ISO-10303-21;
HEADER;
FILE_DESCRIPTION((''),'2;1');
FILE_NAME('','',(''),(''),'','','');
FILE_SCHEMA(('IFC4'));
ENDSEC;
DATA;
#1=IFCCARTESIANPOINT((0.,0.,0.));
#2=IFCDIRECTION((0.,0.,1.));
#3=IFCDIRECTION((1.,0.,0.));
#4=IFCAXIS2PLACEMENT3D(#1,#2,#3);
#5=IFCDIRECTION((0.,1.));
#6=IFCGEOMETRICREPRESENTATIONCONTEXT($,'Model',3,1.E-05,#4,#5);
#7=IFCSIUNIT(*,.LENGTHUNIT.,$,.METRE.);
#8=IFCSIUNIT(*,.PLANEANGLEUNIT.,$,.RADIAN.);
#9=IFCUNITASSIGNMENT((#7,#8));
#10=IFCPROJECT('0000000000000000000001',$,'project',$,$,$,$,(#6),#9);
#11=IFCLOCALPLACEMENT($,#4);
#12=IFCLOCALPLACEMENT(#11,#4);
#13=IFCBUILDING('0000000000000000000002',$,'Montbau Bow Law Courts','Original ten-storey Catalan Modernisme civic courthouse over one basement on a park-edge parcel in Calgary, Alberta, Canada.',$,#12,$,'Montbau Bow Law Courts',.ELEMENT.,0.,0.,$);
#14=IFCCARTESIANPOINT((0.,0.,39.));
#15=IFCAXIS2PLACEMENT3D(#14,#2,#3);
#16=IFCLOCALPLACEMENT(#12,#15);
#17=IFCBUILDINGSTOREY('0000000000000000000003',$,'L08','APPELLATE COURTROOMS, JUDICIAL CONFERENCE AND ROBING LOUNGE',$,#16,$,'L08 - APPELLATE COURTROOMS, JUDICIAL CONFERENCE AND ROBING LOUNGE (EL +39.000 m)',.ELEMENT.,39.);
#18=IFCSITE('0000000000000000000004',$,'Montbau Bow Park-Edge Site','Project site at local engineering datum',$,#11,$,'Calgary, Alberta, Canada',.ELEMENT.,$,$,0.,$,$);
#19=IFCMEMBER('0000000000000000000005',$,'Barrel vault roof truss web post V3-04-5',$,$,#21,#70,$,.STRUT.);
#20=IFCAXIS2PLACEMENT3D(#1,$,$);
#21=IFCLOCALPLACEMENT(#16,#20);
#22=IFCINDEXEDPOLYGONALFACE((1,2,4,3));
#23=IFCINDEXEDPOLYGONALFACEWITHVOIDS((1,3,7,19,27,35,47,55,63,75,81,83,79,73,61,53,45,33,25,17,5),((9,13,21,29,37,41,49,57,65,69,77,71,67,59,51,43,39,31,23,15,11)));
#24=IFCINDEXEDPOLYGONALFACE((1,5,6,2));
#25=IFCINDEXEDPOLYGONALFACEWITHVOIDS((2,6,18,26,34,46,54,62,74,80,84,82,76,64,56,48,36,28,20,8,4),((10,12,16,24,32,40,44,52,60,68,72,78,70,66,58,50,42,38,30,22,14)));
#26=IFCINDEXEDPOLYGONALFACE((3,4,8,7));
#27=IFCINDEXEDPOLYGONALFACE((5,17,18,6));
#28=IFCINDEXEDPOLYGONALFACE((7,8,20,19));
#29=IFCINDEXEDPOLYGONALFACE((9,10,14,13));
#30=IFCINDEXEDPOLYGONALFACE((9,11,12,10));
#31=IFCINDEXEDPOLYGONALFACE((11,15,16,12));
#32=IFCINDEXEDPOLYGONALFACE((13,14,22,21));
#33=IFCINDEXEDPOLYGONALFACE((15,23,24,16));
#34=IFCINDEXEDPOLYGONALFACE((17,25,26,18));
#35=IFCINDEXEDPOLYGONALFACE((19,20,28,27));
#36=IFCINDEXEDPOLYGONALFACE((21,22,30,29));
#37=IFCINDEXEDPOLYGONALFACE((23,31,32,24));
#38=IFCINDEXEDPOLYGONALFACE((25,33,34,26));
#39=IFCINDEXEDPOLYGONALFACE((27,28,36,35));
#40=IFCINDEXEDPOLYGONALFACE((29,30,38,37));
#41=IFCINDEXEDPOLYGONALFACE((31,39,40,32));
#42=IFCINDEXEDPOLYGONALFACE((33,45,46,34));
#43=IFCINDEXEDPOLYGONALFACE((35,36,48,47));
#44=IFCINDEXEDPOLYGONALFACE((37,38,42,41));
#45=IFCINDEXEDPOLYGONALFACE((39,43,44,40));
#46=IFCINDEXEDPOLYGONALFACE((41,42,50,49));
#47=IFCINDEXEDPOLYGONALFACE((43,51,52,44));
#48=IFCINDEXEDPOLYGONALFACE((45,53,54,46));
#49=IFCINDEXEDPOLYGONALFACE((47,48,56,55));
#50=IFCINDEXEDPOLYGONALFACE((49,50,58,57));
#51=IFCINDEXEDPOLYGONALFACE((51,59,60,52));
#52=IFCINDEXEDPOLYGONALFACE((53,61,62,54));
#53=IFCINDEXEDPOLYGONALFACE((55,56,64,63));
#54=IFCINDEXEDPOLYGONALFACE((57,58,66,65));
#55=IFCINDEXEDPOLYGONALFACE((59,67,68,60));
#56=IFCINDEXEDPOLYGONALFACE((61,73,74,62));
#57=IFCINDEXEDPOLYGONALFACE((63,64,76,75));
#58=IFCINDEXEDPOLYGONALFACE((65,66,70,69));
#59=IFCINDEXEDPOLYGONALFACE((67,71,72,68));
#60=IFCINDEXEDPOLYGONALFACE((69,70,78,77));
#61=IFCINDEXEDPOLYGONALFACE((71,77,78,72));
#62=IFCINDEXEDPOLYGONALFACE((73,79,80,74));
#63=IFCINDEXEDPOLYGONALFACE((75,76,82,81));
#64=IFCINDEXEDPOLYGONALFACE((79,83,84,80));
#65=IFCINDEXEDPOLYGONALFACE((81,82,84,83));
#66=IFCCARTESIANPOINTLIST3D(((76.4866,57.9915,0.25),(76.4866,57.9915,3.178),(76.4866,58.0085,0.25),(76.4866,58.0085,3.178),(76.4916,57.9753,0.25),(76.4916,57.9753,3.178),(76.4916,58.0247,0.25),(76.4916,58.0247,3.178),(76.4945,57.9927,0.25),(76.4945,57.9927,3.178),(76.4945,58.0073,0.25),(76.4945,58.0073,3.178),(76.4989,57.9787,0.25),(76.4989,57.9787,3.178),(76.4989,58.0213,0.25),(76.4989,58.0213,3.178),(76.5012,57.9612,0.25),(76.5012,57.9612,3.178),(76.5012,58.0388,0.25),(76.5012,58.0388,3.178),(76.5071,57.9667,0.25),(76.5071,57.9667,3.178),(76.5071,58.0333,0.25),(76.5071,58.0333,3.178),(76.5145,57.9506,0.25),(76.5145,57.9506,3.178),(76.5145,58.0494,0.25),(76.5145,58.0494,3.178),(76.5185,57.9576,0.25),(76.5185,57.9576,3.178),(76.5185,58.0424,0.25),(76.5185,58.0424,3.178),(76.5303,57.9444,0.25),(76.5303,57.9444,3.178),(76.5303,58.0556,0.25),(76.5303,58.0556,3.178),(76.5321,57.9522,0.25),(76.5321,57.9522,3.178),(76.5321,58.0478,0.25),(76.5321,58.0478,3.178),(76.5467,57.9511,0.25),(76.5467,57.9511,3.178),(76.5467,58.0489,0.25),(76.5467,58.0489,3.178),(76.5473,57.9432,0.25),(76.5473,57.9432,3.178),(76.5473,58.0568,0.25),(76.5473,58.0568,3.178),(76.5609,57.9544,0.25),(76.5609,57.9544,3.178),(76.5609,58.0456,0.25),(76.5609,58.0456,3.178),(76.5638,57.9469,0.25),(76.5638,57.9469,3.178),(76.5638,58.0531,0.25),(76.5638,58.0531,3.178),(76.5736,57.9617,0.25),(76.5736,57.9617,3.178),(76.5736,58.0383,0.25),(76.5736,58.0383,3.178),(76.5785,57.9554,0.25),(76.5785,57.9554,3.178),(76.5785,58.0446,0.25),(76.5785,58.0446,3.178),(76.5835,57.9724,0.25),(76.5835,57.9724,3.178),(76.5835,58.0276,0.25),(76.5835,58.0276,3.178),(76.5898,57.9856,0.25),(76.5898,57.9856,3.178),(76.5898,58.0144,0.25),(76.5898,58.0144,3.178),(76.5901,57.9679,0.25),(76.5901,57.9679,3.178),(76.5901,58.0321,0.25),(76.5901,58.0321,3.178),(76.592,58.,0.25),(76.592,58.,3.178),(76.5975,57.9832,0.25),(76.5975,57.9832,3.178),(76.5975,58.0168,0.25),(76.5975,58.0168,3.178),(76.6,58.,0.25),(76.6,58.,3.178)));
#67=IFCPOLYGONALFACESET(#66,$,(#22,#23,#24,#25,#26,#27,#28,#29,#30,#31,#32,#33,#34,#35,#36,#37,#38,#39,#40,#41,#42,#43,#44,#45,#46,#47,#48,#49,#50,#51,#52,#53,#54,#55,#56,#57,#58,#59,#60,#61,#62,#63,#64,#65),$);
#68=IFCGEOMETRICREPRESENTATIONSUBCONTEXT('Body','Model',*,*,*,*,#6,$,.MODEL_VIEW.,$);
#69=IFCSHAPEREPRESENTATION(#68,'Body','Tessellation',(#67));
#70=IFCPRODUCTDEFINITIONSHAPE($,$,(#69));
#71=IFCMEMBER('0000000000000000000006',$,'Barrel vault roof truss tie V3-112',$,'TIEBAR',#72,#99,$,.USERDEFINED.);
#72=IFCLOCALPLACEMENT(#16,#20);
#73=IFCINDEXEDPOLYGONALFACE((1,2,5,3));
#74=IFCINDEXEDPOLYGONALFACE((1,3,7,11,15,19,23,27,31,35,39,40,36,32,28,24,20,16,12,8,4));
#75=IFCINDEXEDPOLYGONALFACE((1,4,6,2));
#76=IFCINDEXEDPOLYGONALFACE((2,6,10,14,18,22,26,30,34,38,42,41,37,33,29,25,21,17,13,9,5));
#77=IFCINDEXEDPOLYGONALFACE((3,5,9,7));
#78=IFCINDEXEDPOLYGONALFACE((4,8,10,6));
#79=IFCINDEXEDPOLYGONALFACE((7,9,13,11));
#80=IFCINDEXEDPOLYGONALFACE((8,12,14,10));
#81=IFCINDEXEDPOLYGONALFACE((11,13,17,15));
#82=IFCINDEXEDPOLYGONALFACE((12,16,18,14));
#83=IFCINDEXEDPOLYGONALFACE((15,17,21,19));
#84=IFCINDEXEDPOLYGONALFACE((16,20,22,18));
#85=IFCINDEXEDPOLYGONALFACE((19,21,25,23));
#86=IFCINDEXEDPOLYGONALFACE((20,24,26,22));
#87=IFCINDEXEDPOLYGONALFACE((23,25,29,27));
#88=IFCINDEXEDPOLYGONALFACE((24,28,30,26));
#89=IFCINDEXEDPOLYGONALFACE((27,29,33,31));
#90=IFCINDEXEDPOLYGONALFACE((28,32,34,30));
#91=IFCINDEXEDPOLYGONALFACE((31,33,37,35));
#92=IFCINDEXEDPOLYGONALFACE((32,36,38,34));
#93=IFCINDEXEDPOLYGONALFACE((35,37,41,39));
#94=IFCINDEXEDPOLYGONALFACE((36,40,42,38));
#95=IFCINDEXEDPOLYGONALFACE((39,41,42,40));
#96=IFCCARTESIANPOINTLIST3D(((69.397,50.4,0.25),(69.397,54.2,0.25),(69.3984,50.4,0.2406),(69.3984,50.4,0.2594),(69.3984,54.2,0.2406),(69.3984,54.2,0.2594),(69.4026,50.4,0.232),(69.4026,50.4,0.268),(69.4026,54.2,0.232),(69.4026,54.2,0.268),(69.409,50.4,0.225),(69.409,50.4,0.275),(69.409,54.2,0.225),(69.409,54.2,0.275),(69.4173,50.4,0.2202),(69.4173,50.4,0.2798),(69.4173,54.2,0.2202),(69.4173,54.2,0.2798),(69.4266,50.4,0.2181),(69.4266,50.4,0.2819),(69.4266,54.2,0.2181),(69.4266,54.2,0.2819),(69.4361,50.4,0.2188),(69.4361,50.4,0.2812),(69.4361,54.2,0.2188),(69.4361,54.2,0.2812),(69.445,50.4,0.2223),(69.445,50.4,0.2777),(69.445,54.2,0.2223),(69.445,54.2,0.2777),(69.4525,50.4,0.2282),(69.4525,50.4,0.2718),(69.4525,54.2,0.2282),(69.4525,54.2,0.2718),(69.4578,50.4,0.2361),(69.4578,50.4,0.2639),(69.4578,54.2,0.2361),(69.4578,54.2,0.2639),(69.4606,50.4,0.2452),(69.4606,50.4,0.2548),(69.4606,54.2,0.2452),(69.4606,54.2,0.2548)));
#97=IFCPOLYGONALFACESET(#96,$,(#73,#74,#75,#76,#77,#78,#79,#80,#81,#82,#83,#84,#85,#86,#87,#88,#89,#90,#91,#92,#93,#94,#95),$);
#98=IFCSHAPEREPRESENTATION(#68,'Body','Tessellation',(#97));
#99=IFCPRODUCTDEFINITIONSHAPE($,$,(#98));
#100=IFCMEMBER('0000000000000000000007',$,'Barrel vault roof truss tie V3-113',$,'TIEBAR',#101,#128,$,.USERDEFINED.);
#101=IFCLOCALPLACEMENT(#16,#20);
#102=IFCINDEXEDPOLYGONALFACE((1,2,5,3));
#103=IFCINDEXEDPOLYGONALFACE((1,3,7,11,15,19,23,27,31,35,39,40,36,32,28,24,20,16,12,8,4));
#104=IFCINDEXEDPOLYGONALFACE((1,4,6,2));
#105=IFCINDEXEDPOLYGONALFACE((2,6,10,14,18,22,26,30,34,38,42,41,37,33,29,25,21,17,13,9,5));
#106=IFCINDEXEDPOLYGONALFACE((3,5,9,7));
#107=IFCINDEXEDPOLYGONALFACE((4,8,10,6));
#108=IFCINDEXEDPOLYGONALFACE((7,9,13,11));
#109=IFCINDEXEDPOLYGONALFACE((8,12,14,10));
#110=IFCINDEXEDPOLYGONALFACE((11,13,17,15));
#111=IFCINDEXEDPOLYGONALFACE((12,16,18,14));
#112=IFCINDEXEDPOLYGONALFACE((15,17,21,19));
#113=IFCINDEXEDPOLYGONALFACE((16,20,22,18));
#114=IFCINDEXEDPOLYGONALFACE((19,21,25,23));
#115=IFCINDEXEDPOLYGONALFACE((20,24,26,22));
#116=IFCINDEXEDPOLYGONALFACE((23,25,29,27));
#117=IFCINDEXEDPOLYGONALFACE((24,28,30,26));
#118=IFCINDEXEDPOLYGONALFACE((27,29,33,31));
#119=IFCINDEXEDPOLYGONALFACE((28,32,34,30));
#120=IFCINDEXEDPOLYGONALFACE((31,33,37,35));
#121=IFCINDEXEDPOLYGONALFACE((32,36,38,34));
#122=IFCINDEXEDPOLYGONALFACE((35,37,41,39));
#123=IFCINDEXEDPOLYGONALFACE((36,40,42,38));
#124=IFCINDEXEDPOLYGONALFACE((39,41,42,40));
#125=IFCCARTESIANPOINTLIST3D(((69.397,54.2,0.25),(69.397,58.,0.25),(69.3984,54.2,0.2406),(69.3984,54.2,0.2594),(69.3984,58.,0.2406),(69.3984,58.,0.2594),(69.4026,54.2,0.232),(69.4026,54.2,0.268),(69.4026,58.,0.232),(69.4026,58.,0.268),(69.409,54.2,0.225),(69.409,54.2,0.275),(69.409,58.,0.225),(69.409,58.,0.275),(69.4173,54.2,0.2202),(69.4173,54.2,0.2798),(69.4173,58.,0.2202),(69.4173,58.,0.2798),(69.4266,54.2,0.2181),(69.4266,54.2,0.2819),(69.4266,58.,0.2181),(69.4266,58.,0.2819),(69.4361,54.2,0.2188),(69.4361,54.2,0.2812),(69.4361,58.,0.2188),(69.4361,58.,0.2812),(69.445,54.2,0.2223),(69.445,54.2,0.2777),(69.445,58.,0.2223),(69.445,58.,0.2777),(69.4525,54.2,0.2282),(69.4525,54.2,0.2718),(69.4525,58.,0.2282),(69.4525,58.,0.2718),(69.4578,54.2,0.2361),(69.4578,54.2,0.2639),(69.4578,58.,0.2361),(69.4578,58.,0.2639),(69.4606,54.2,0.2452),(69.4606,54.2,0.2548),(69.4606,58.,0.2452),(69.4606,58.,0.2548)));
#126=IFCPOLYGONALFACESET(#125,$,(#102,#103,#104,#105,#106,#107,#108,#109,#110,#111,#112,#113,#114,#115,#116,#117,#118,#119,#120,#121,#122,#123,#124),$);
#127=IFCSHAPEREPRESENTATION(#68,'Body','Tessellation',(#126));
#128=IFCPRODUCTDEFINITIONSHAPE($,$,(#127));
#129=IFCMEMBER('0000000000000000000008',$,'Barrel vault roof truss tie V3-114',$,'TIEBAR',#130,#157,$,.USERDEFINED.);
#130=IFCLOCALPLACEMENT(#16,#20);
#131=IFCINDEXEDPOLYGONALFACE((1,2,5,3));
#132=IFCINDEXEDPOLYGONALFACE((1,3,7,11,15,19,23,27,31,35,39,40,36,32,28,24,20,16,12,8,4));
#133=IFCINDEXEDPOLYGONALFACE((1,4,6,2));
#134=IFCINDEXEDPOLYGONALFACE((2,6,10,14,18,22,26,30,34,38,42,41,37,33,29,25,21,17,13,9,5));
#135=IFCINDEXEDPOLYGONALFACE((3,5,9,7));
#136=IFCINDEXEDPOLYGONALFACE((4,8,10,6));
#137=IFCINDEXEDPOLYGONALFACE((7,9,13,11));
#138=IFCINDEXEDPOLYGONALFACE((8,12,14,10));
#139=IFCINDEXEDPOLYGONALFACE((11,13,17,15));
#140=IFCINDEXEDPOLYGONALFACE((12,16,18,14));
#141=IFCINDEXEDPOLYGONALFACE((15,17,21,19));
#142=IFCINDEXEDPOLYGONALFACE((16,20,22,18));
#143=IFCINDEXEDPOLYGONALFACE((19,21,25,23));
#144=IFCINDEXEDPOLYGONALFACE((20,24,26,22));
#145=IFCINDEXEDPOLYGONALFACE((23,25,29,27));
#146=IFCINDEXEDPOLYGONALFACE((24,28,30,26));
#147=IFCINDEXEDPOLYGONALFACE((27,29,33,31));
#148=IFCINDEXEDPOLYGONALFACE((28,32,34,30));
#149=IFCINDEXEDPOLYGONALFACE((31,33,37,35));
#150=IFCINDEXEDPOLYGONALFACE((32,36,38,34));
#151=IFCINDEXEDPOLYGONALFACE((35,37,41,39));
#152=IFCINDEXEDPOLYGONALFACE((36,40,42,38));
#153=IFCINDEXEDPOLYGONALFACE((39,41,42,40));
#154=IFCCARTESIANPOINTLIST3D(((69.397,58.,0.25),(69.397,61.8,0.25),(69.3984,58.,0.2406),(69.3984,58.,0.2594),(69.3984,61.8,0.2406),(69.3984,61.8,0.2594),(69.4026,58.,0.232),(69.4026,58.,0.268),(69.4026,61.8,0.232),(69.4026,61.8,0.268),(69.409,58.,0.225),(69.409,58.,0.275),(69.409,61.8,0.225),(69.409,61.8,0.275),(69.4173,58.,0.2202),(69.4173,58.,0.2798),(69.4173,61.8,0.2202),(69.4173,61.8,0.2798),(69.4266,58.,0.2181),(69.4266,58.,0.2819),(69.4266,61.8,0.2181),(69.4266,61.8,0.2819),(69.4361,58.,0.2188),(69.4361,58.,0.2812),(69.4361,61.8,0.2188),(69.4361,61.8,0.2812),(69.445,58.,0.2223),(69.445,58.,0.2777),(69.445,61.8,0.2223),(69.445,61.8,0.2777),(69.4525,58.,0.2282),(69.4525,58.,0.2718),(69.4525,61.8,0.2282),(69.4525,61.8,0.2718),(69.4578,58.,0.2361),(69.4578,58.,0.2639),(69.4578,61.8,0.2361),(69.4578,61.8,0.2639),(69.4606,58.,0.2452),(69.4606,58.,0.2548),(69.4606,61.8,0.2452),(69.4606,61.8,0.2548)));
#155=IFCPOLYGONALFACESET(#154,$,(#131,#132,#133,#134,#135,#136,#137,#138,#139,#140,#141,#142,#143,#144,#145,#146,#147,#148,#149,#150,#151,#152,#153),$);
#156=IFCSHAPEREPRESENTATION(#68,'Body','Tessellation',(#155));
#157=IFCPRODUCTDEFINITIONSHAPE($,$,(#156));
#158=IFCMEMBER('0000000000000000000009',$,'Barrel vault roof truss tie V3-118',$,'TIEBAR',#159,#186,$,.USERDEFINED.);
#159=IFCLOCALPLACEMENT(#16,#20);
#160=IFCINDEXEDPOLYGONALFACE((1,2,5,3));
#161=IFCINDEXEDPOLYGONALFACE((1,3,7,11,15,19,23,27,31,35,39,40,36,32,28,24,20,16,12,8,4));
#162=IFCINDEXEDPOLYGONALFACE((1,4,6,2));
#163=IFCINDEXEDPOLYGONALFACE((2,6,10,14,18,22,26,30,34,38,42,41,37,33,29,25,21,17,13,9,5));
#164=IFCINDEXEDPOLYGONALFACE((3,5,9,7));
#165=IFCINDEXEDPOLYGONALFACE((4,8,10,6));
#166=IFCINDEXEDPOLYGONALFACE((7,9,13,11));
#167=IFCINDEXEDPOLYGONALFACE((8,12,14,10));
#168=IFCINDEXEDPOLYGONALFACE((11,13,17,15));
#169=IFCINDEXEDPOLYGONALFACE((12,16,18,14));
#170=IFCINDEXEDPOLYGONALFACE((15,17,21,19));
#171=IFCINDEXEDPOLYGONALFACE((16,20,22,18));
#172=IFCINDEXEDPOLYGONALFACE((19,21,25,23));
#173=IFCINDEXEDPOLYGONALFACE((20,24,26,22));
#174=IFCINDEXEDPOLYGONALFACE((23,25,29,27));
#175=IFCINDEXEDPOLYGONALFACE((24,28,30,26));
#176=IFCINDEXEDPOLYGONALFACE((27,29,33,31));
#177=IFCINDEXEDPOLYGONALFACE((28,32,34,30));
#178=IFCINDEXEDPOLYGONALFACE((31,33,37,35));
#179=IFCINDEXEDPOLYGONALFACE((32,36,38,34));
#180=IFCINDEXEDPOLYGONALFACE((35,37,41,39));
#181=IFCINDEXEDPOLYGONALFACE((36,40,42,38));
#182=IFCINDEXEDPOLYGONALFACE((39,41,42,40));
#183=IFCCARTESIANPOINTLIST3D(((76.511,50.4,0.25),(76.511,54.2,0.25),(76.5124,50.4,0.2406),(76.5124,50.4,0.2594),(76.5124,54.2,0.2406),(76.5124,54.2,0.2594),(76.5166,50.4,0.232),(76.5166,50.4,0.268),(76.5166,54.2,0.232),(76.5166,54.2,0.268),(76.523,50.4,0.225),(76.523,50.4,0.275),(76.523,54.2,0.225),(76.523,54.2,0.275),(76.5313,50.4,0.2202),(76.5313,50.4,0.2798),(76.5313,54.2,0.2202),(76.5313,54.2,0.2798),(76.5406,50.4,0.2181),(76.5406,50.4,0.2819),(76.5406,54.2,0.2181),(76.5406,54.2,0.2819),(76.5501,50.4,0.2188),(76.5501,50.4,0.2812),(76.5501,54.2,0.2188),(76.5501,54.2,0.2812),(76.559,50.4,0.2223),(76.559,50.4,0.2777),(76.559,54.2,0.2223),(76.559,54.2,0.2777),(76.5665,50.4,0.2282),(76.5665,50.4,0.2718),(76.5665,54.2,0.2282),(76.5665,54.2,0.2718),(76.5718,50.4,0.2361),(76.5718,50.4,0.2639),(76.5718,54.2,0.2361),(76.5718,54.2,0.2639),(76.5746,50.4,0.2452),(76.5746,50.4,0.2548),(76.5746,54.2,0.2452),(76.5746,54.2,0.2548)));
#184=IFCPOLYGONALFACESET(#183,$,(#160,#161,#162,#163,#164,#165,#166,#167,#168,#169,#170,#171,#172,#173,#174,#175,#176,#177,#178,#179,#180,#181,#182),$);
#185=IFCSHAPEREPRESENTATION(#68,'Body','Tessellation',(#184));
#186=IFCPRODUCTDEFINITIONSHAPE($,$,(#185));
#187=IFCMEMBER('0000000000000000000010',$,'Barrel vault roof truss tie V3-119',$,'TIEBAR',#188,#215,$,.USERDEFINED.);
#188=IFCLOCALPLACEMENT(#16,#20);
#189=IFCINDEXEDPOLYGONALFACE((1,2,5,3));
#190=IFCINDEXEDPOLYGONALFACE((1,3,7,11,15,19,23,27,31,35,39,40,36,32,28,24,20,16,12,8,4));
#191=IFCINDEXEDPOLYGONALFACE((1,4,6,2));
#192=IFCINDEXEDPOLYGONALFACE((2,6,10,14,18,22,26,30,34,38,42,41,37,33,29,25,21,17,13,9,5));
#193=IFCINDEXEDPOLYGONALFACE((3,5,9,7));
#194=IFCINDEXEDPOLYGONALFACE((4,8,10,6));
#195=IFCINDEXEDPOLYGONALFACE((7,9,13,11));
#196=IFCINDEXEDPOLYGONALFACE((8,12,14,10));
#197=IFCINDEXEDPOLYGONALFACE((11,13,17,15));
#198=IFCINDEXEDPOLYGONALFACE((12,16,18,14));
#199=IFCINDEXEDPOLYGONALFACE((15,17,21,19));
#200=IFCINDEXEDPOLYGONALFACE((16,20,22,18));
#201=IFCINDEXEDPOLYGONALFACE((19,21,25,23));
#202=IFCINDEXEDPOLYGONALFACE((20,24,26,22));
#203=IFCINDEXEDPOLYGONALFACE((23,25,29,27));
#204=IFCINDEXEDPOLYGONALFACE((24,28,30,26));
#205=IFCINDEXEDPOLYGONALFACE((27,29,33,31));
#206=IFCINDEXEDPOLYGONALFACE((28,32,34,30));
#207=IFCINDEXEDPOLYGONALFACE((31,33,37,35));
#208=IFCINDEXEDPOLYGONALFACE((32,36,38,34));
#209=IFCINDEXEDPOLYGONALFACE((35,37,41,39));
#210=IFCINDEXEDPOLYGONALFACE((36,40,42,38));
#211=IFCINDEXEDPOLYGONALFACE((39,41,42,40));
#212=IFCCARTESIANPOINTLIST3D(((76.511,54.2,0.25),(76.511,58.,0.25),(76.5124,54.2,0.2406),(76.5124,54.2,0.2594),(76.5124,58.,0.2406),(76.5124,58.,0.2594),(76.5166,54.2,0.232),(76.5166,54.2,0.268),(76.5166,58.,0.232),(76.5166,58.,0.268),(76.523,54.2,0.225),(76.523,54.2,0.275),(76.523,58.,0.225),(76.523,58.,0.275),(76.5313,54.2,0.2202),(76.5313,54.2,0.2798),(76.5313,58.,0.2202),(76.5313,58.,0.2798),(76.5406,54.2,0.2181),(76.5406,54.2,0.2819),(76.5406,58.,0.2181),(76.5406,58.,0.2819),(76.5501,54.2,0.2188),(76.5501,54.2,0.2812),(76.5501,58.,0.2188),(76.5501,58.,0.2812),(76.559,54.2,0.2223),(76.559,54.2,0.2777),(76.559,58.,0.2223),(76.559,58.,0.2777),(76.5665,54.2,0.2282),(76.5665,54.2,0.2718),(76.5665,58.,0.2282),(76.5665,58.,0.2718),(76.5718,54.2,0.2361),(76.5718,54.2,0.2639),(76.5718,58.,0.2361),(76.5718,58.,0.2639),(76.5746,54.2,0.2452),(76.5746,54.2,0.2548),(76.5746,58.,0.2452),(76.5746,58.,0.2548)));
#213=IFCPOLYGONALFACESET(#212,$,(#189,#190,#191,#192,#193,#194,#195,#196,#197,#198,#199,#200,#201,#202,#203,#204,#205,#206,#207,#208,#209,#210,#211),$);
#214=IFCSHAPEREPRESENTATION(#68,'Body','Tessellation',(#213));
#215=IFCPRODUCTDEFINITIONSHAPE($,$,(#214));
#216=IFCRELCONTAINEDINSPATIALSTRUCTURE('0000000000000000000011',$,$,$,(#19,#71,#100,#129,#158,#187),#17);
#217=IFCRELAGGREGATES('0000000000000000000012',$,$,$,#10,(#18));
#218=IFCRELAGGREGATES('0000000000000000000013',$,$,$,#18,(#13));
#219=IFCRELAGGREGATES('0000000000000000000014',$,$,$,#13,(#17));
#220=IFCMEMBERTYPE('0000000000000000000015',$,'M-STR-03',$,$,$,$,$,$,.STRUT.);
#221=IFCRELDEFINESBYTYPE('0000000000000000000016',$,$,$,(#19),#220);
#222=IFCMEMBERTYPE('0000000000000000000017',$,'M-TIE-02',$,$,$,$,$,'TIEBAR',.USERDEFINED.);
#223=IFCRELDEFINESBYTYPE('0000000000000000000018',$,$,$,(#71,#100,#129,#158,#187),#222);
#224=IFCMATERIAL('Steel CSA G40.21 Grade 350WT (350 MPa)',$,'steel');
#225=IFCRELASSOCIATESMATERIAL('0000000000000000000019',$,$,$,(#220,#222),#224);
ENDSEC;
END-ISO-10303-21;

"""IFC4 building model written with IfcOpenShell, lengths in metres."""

from ifc_helpers import new_model, si_unit, direction, frame, origin_with_axes, origin_2d_with_axis, place, context, subcontext, project, spatial, circle, hollow_circle, extrude, material, material_profile, profile_set, type_object, element, save


model = new_model("IFC4")

# Units and contexts
model_context = context("Model", 3, precision=1e-05, world=origin_with_axes(), true_north=direction((0.0, 1.0)))
body_context = subcontext(model_context, "Body", "Model", "MODEL_VIEW")
ifc_project = project(units=[si_unit("LENGTHUNIT", "METRE"), si_unit("PLANEANGLEUNIT", "RADIAN")], contexts=[model_context])

# Site, building, storey
site_placement = place(None, origin_with_axes())
site = spatial("IfcSite", under=ifc_project, at=site_placement, Name="Montbau Bow Park-Edge Site", Description="Project site at local engineering datum", LongName="Calgary, Alberta, Canada", CompositionType="ELEMENT", RefElevation=0.0)
building_placement = place(site_placement, origin_with_axes())
building = spatial("IfcBuilding", under=site, at=building_placement, Name="Montbau Bow Law Courts", Description="Original ten-storey Catalan Modernisme civic courthouse over one basement on a park-edge parcel in Calgary, Alberta, Canada.", LongName="Montbau Bow Law Courts", CompositionType="ELEMENT", ElevationOfRefHeight=0.0, ElevationOfTerrain=0.0)
storey_placement = place(building_placement, frame((0.0, 0.0, 39.0), z_axis=(0.0, 0.0, 1.0), x_axis=(1.0, 0.0, 0.0)))
storey = spatial("IfcBuildingStorey", under=building, at=storey_placement, Name="L08", Description="APPELLATE COURTROOMS, JUDICIAL CONFERENCE AND ROBING LOUNGE", LongName="L08 - APPELLATE COURTROOMS, JUDICIAL CONFERENCE AND ROBING LOUNGE (EL +39.000 m)", CompositionType="ELEMENT", Elevation=39.0)

# Shared definitions
ifc_material_1 = material(Name="Steel CSA G40.21 Grade 350WT (350 MPa)", Category="steel")

# Members
ifc_material_profile_1 = material_profile(ifc_material_1, hollow_circle(Radius=0.057, WallThickness=0.008, at=origin_2d_with_axis()), Name="HSS114X8.0", Category="Main", Priority=0)
ifc_profile_set_1 = profile_set([ifc_material_profile_1], Name="Steel CSA G40.21 Grade 350WT (350 MPa)")
member_type_1 = type_object("IfcMemberType", Name="M-STR-03", PredefinedType="STRUT", material=ifc_profile_set_1)
member_1_placement = place(None, frame((76.543, 58.0, 39.25), z_axis=(0.0, 0.0, 1.0), x_axis=(1.0, 0.0, 0.0)))
element("IfcMember", 1, at=member_1_placement, inside=storey, type_object=member_type_1, Name="Barrel vault roof truss web post V3-04-5", PredefinedType="STRUT", context=body_context, shape_type="SweptSolid", body=[
    extrude(hollow_circle(Radius=0.057, WallThickness=0.008, at=origin_2d_with_axis()), origin_with_axes(), (0.0, 0.0, 1.0), 2.928),
])
ifc_material_profile_2 = material_profile(ifc_material_1, circle(Radius=0.032, at=origin_2d_with_axis()), Name="ROD64", Category="Main", Priority=0)
ifc_profile_set_2 = profile_set([ifc_material_profile_2], Name="Steel CSA G40.21 Grade 350WT (350 MPa)")
member_type_2 = type_object("IfcMemberType", Name="M-TIE-02", ElementType="TIEBAR", PredefinedType="USERDEFINED", material=ifc_profile_set_2)
for number, where, z_axis, x_axis, name in (
    (2, (69.429, 50.4, 39.25), (0.0, 1.0, 0.0), (-1.0, 0.0, 0.0), "Barrel vault roof truss tie V3-112"),
    (3, (69.429, 54.2, 39.25), (0.0, 1.0, 0.0), (-1.0, 0.0, 0.0), "Barrel vault roof truss tie V3-113"),
    (4, (69.429, 58.0, 39.25), (0.0, 1.0, 0.0), (-1.0, 0.0, 0.0), "Barrel vault roof truss tie V3-114"),
    (5, (76.543, 50.4, 39.25), (0.0, 1.0, 0.0), (-1.0, 0.0, 0.0), "Barrel vault roof truss tie V3-118"),
    (6, (76.543, 54.2, 39.25), (0.0, 1.0, 0.0), (-1.0, 0.0, 0.0), "Barrel vault roof truss tie V3-119"),
):
    element("IfcMember", number, at=place(None, frame(where, z_axis=z_axis, x_axis=x_axis)), inside=storey, type_object=member_type_2, Name=name, ObjectType="TIEBAR", PredefinedType="USERDEFINED", context=body_context, shape_type="SweptSolid", body=[
        extrude(circle(Radius=0.032, at=origin_2d_with_axis()), origin_with_axes(), (0.0, 0.0, 1.0), 3.8),
    ])

save(model, "model.ifc")
